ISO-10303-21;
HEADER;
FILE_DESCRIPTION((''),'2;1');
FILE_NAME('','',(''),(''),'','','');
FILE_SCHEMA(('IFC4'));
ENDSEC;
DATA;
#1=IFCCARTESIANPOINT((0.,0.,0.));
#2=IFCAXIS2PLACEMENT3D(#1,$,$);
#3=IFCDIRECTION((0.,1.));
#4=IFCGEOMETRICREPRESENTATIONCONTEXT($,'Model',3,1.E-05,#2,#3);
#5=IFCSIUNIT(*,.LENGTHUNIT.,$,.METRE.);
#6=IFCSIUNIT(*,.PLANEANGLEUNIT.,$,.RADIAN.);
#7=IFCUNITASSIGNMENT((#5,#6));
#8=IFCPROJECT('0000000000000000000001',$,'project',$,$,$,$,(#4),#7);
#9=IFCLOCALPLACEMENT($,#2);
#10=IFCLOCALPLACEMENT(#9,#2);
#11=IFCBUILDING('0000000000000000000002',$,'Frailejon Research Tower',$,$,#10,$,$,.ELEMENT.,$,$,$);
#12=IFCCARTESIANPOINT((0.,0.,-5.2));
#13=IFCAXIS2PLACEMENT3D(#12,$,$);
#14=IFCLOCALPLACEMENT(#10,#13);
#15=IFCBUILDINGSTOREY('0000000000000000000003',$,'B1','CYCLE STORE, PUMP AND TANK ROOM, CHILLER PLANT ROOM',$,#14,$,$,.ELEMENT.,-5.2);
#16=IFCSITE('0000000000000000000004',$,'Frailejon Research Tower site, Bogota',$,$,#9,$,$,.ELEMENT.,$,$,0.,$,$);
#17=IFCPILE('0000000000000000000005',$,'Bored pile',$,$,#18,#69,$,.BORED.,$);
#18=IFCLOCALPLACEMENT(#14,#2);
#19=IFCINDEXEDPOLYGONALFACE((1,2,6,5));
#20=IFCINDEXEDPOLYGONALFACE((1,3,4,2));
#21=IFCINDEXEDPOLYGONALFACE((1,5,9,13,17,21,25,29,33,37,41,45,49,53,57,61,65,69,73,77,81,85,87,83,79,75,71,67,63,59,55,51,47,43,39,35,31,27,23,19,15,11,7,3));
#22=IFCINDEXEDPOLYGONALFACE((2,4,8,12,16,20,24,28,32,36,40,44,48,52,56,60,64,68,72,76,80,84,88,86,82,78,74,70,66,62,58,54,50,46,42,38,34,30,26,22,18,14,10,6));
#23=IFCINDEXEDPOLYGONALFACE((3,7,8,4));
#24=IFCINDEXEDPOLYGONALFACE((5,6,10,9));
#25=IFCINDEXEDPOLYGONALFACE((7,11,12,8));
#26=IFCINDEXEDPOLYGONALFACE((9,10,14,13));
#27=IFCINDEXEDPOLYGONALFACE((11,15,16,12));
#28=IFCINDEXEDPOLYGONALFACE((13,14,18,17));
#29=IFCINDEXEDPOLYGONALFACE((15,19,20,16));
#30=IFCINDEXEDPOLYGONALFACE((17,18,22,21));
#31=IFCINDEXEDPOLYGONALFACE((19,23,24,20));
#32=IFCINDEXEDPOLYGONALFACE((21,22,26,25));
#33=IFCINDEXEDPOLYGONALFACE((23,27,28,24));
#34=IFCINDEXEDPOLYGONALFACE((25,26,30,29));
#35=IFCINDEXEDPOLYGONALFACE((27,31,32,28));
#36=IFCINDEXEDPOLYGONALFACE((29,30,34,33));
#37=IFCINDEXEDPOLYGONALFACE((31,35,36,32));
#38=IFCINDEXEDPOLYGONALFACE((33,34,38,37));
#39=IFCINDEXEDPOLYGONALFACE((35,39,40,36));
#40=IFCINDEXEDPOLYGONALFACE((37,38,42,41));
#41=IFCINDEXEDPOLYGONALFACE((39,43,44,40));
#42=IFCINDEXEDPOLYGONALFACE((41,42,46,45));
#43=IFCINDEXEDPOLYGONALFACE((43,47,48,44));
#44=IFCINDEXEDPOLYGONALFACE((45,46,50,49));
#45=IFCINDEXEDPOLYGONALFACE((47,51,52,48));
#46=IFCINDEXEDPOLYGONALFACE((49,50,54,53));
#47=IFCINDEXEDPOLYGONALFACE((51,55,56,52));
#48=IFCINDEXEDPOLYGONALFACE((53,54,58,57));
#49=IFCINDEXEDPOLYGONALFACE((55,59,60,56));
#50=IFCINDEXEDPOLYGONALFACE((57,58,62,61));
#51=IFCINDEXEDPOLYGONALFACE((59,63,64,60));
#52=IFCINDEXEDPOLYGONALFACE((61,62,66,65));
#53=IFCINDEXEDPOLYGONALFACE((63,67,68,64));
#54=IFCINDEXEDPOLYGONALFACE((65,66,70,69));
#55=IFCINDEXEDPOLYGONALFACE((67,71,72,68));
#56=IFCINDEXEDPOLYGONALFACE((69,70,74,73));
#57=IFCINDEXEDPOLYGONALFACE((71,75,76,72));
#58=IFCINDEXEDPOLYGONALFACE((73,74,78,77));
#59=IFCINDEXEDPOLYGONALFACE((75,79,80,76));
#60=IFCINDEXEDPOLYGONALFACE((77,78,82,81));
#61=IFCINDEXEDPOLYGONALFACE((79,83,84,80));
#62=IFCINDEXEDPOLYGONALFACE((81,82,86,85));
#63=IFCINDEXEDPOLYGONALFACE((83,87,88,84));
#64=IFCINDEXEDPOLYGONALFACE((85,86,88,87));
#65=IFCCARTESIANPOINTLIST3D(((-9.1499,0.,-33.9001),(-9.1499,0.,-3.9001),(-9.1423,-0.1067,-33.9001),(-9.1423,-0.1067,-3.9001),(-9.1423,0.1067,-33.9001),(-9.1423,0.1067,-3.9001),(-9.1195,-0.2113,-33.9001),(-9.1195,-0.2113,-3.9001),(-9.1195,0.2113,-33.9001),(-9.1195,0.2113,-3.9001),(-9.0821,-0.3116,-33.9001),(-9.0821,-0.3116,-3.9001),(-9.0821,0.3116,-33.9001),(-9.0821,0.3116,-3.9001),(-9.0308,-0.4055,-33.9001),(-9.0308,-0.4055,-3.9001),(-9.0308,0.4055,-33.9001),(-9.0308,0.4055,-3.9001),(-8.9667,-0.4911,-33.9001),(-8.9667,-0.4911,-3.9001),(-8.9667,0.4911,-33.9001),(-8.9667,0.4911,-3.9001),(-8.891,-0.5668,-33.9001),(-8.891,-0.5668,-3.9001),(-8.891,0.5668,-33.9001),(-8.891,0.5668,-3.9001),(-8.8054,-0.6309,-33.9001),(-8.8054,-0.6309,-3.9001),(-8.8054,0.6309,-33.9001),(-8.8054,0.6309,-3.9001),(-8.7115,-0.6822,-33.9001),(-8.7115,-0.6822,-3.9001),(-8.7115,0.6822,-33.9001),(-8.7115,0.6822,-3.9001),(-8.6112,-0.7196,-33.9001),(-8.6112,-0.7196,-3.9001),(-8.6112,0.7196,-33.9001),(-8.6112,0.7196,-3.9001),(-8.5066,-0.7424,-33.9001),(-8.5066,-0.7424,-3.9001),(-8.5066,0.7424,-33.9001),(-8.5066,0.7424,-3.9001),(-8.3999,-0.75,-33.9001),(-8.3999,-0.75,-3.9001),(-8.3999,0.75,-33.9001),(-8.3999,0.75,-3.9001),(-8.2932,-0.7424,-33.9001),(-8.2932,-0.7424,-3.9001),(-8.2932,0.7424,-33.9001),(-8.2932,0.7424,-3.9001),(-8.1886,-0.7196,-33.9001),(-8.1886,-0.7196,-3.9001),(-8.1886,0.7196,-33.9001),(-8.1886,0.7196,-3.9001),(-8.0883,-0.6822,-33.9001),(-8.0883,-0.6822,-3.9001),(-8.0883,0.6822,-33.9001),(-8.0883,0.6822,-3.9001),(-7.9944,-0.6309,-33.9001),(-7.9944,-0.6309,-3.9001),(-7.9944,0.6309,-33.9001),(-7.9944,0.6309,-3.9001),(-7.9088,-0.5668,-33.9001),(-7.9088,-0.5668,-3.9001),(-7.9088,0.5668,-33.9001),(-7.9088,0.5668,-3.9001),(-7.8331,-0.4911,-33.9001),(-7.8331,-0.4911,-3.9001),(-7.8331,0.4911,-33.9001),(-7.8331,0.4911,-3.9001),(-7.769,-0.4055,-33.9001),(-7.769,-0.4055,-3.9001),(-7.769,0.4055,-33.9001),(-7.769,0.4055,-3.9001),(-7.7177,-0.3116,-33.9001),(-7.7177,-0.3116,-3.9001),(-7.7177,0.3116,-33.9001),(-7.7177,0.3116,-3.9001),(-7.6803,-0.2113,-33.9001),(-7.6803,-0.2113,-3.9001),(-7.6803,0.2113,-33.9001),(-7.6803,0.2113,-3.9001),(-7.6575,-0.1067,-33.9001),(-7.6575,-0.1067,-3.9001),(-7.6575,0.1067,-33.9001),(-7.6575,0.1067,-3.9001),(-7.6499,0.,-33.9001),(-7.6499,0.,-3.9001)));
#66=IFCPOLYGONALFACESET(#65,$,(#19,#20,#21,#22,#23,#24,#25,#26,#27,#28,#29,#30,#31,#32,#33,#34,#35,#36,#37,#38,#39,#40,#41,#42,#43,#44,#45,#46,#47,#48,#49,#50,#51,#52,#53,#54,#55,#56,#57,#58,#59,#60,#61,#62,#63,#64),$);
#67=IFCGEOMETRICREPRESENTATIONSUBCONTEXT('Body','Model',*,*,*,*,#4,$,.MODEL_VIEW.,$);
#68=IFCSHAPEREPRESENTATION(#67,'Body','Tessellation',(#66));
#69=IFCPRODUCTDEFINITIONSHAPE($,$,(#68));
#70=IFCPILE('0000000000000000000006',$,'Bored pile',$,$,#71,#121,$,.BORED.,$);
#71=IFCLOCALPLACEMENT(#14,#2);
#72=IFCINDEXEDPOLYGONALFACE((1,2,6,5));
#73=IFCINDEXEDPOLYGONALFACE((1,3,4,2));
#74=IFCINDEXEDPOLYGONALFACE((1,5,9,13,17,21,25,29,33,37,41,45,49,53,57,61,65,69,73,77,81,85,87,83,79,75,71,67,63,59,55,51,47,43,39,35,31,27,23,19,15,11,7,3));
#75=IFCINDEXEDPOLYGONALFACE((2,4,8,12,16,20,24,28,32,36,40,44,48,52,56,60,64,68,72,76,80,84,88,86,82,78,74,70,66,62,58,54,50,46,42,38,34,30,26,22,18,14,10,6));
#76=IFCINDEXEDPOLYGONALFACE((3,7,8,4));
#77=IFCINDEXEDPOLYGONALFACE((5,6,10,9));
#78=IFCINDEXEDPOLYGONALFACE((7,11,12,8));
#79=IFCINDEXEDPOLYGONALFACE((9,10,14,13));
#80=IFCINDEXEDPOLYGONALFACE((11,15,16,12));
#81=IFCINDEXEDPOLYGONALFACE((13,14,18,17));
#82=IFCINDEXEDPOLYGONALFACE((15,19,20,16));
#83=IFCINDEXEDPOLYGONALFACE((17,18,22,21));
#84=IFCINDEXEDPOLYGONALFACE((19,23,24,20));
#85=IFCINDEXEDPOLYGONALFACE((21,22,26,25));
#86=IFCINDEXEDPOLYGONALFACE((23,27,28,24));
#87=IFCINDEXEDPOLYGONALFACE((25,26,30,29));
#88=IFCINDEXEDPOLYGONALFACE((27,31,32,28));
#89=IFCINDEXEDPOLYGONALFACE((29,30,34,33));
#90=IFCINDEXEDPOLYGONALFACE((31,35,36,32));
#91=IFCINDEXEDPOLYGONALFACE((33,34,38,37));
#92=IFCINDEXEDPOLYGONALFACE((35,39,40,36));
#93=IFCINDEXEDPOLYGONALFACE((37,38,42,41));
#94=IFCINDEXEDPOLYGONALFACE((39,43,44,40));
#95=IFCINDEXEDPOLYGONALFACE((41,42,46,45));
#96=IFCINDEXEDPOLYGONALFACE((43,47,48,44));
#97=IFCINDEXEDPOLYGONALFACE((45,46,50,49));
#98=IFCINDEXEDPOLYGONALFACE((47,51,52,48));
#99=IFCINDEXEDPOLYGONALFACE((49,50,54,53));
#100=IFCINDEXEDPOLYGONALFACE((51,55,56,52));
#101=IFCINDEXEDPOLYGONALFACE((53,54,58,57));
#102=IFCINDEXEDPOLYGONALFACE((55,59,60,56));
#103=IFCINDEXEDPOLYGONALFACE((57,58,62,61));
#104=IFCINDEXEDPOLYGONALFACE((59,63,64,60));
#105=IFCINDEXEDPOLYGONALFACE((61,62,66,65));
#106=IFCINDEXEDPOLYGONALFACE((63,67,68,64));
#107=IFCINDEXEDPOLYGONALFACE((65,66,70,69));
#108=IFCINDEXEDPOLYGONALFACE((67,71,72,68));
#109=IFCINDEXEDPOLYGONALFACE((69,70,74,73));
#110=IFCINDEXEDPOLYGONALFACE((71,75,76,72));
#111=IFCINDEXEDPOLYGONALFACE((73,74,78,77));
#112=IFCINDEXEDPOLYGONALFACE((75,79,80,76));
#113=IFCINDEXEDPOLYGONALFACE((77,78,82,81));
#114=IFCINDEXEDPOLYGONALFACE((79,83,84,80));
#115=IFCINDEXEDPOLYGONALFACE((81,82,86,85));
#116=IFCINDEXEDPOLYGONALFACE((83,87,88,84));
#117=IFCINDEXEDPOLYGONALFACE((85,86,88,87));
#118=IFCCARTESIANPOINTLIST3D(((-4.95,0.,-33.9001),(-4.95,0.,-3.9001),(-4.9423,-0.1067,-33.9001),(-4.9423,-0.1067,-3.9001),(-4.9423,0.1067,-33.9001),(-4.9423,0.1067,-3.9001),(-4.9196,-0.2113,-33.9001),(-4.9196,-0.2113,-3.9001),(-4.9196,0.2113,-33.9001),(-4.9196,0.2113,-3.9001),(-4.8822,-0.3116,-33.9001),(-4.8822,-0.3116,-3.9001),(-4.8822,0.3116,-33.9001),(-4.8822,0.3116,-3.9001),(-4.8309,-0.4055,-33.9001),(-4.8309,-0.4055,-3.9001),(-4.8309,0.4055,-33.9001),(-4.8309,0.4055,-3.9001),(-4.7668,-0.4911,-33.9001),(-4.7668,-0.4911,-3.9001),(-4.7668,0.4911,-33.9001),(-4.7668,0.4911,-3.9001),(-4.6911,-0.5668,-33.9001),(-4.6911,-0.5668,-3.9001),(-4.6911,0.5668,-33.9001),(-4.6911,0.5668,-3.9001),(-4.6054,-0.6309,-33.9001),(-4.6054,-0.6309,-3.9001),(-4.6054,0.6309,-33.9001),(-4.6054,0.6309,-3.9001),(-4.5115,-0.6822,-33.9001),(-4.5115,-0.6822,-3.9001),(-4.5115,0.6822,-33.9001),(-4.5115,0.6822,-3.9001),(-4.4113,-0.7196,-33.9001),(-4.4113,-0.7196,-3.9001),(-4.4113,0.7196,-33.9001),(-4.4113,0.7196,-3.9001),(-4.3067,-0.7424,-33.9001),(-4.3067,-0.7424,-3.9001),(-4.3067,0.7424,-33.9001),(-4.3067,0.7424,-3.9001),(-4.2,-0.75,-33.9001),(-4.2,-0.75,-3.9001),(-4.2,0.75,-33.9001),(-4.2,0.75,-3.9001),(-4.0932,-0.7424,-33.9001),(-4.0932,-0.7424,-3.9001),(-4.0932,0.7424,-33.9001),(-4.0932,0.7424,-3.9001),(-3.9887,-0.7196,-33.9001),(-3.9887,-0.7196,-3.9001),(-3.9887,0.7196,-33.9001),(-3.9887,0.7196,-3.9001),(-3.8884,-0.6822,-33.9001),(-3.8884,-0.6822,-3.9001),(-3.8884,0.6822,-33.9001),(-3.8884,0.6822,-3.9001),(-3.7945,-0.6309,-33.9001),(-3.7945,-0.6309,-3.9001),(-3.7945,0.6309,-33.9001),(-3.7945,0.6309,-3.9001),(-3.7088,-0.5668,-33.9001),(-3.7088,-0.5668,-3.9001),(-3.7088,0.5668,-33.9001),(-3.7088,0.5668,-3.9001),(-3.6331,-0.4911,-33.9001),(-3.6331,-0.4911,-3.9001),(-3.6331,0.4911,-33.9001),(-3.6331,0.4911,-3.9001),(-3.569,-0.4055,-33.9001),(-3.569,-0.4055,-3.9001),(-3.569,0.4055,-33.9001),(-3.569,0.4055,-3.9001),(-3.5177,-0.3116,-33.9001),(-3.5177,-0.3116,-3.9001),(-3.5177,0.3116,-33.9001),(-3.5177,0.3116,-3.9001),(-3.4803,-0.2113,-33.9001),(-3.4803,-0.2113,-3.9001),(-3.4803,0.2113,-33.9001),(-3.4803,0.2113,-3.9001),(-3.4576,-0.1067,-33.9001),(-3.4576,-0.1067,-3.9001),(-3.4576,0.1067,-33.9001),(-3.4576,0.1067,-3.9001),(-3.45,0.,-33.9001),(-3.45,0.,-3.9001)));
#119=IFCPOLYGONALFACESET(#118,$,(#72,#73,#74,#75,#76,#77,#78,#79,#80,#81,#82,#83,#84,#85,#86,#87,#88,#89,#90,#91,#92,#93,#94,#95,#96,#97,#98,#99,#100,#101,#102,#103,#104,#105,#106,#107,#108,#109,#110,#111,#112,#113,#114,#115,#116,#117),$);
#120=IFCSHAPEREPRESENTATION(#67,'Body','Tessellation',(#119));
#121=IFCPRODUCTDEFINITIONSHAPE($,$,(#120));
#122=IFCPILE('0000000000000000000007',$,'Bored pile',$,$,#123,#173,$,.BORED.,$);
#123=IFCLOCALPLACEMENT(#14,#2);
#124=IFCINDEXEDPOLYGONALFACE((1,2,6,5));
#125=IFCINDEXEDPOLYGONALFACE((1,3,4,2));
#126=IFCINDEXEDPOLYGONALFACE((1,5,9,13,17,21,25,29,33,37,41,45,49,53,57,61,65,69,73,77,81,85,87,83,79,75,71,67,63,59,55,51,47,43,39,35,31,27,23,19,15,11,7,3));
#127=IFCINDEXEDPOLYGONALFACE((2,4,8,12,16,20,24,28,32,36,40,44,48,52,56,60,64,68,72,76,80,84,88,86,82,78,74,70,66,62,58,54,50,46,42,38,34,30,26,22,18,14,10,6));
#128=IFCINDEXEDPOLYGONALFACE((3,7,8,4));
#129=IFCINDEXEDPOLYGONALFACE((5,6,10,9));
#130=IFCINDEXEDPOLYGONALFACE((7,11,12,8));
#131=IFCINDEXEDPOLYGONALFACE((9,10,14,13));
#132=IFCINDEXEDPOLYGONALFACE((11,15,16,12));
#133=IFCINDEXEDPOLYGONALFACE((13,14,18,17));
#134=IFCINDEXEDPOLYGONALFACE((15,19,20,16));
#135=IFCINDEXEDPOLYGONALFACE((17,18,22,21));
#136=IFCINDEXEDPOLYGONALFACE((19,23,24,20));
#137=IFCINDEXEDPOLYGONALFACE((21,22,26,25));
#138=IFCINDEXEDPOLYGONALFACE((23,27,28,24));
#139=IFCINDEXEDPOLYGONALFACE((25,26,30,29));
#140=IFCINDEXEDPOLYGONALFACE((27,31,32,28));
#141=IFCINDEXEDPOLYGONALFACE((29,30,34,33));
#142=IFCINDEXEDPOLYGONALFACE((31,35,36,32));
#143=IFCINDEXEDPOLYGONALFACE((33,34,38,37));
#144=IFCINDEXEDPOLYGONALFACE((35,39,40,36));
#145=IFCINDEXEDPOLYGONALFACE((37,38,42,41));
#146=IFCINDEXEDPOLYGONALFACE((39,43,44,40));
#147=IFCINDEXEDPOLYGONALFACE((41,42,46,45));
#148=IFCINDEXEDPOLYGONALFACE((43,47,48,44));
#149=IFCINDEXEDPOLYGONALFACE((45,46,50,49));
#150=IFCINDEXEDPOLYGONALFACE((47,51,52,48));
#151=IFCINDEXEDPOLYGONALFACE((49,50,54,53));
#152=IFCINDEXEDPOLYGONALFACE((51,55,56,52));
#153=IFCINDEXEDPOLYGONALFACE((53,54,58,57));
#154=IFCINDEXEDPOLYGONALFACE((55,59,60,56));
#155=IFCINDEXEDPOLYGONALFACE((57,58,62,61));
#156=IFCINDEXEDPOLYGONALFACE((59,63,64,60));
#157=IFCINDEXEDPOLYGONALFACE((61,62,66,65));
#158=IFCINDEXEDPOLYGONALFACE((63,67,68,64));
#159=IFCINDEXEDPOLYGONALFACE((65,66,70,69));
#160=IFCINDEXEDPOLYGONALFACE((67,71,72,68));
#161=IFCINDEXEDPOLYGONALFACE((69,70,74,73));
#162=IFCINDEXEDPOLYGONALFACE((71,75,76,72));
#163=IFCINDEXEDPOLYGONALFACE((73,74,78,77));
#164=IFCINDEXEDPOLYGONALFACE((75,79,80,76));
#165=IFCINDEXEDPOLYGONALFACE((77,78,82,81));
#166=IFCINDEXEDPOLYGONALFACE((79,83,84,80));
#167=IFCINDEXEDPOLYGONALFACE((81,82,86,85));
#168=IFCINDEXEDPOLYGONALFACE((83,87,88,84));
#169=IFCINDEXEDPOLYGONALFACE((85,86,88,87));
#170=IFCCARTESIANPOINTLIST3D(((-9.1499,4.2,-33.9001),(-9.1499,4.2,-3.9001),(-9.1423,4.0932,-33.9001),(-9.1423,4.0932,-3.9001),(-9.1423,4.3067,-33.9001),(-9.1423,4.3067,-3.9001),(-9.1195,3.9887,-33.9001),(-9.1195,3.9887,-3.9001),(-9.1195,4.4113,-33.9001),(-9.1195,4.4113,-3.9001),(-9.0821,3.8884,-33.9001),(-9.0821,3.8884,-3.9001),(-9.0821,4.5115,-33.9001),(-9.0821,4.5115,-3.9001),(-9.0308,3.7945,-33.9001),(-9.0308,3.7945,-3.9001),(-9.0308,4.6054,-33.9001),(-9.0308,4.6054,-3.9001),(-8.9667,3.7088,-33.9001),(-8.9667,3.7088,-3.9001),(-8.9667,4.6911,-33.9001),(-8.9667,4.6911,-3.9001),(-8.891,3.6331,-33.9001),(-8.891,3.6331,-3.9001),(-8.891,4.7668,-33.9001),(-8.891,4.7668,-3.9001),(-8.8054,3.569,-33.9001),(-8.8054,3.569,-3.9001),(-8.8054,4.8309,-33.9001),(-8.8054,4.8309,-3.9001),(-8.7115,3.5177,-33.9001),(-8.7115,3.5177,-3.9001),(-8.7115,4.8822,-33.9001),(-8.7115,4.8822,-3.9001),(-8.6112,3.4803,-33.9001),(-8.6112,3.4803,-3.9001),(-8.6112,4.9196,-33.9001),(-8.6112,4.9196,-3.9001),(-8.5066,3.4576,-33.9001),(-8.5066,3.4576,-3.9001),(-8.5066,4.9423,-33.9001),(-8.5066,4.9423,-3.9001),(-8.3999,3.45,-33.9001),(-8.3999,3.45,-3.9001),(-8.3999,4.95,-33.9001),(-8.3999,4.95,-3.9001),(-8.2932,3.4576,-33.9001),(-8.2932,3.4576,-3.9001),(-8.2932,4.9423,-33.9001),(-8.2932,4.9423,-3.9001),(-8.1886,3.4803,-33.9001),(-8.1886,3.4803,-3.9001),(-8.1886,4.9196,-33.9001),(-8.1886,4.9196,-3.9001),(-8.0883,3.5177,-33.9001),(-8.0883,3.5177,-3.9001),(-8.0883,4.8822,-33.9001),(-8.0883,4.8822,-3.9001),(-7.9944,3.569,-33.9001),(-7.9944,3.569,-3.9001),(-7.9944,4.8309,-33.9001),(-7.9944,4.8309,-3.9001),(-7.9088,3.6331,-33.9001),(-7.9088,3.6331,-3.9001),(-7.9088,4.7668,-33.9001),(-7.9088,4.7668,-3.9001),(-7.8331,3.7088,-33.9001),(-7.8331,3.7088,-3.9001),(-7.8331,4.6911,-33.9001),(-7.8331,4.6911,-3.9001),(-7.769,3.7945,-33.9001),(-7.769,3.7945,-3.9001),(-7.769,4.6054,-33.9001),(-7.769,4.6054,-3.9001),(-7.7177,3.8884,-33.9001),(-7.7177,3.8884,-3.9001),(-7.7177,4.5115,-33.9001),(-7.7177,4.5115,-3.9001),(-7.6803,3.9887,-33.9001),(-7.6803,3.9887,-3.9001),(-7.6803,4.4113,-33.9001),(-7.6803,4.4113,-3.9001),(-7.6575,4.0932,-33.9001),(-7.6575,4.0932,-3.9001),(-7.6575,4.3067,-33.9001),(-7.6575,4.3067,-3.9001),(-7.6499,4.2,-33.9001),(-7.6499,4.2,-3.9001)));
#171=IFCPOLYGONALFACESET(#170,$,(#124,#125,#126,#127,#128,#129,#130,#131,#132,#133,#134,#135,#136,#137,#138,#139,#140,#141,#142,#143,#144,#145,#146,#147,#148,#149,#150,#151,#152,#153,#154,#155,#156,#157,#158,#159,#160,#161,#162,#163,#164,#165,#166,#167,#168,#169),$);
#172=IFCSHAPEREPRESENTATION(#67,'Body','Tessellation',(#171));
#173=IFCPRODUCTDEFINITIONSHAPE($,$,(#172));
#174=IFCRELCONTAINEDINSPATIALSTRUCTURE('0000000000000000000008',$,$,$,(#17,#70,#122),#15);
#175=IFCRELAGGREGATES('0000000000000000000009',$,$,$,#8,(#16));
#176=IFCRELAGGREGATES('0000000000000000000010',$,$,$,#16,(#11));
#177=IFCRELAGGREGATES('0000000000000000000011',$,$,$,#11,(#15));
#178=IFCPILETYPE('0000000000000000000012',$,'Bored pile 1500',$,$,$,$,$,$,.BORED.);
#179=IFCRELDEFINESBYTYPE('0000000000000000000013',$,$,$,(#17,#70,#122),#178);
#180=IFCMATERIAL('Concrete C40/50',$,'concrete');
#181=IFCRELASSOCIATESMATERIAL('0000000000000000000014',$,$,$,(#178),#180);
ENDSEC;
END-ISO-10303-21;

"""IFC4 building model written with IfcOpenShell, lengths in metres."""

from ifc_helpers import new_model, si_unit, direction, frame, origin, origin_2d, place, context, subcontext, project, spatial, circle, extrude, material, material_profile, profile_set, type_object, element, save


model = new_model("IFC4")

# Units and contexts
model_context = context("Model", 3, precision=1e-05, world=origin(), true_north=direction((0.0, 1.0)))
body_context = subcontext(model_context, "Body", "Model", "MODEL_VIEW")
ifc_project = project(units=[si_unit("LENGTHUNIT", "METRE"), si_unit("PLANEANGLEUNIT", "RADIAN")], contexts=[model_context])

# Site, building, storey
site_placement = place(None, origin())
site = spatial("IfcSite", under=ifc_project, at=site_placement, Name="Frailejon Research Tower site, Bogota", CompositionType="ELEMENT", RefElevation=0.0)
building_placement = place(site_placement, origin())
building = spatial("IfcBuilding", under=site, at=building_placement, Name="Frailejon Research Tower", CompositionType="ELEMENT")
storey_placement = place(building_placement, frame((0.0, 0.0, -5.2)))
storey = spatial("IfcBuildingStorey", under=building, at=storey_placement, Name="B1", Description="CYCLE STORE, PUMP AND TANK ROOM, CHILLER PLANT ROOM", CompositionType="ELEMENT", Elevation=-5.2)

# Piles
ifc_material_1 = material(Name="Concrete C40/50", Category="concrete")
ifc_material_profile = material_profile(ifc_material_1, circle(Radius=0.75, at=origin_2d()), Name="Bored pile 1500")
ifc_profile_set = profile_set([ifc_material_profile], Name="Concrete C40/50")
pile_type = type_object("IfcPileType", Name="Bored pile 1500", PredefinedType="BORED", material=ifc_profile_set)
for number, where, z_axis, x_axis, name in (
    (1, (-8.3999, 0.0, -3.9001), (0.0, 0.0, -1.0), (1.0, 0.0, 0.0), "Bored pile"),
    (2, (-4.2, 0.0, -3.9001), (0.0, 0.0, -1.0), (1.0, 0.0, 0.0), "Bored pile"),
    (3, (-8.3999, 4.2, -3.9001), (0.0, 0.0, -1.0), (1.0, 0.0, 0.0), "Bored pile"),
):
    element("IfcPile", number, at=place(storey_placement, frame(where, z_axis=z_axis, x_axis=x_axis)), inside=storey, type_object=pile_type, Name=name, PredefinedType="BORED", context=body_context, shape_type="SweptSolid", body=[
        extrude(circle(Radius=0.75, at=origin_2d()), origin(), (0.0, 0.0, 1.0), 30.0),
    ])

save(model, "model.ifc")
